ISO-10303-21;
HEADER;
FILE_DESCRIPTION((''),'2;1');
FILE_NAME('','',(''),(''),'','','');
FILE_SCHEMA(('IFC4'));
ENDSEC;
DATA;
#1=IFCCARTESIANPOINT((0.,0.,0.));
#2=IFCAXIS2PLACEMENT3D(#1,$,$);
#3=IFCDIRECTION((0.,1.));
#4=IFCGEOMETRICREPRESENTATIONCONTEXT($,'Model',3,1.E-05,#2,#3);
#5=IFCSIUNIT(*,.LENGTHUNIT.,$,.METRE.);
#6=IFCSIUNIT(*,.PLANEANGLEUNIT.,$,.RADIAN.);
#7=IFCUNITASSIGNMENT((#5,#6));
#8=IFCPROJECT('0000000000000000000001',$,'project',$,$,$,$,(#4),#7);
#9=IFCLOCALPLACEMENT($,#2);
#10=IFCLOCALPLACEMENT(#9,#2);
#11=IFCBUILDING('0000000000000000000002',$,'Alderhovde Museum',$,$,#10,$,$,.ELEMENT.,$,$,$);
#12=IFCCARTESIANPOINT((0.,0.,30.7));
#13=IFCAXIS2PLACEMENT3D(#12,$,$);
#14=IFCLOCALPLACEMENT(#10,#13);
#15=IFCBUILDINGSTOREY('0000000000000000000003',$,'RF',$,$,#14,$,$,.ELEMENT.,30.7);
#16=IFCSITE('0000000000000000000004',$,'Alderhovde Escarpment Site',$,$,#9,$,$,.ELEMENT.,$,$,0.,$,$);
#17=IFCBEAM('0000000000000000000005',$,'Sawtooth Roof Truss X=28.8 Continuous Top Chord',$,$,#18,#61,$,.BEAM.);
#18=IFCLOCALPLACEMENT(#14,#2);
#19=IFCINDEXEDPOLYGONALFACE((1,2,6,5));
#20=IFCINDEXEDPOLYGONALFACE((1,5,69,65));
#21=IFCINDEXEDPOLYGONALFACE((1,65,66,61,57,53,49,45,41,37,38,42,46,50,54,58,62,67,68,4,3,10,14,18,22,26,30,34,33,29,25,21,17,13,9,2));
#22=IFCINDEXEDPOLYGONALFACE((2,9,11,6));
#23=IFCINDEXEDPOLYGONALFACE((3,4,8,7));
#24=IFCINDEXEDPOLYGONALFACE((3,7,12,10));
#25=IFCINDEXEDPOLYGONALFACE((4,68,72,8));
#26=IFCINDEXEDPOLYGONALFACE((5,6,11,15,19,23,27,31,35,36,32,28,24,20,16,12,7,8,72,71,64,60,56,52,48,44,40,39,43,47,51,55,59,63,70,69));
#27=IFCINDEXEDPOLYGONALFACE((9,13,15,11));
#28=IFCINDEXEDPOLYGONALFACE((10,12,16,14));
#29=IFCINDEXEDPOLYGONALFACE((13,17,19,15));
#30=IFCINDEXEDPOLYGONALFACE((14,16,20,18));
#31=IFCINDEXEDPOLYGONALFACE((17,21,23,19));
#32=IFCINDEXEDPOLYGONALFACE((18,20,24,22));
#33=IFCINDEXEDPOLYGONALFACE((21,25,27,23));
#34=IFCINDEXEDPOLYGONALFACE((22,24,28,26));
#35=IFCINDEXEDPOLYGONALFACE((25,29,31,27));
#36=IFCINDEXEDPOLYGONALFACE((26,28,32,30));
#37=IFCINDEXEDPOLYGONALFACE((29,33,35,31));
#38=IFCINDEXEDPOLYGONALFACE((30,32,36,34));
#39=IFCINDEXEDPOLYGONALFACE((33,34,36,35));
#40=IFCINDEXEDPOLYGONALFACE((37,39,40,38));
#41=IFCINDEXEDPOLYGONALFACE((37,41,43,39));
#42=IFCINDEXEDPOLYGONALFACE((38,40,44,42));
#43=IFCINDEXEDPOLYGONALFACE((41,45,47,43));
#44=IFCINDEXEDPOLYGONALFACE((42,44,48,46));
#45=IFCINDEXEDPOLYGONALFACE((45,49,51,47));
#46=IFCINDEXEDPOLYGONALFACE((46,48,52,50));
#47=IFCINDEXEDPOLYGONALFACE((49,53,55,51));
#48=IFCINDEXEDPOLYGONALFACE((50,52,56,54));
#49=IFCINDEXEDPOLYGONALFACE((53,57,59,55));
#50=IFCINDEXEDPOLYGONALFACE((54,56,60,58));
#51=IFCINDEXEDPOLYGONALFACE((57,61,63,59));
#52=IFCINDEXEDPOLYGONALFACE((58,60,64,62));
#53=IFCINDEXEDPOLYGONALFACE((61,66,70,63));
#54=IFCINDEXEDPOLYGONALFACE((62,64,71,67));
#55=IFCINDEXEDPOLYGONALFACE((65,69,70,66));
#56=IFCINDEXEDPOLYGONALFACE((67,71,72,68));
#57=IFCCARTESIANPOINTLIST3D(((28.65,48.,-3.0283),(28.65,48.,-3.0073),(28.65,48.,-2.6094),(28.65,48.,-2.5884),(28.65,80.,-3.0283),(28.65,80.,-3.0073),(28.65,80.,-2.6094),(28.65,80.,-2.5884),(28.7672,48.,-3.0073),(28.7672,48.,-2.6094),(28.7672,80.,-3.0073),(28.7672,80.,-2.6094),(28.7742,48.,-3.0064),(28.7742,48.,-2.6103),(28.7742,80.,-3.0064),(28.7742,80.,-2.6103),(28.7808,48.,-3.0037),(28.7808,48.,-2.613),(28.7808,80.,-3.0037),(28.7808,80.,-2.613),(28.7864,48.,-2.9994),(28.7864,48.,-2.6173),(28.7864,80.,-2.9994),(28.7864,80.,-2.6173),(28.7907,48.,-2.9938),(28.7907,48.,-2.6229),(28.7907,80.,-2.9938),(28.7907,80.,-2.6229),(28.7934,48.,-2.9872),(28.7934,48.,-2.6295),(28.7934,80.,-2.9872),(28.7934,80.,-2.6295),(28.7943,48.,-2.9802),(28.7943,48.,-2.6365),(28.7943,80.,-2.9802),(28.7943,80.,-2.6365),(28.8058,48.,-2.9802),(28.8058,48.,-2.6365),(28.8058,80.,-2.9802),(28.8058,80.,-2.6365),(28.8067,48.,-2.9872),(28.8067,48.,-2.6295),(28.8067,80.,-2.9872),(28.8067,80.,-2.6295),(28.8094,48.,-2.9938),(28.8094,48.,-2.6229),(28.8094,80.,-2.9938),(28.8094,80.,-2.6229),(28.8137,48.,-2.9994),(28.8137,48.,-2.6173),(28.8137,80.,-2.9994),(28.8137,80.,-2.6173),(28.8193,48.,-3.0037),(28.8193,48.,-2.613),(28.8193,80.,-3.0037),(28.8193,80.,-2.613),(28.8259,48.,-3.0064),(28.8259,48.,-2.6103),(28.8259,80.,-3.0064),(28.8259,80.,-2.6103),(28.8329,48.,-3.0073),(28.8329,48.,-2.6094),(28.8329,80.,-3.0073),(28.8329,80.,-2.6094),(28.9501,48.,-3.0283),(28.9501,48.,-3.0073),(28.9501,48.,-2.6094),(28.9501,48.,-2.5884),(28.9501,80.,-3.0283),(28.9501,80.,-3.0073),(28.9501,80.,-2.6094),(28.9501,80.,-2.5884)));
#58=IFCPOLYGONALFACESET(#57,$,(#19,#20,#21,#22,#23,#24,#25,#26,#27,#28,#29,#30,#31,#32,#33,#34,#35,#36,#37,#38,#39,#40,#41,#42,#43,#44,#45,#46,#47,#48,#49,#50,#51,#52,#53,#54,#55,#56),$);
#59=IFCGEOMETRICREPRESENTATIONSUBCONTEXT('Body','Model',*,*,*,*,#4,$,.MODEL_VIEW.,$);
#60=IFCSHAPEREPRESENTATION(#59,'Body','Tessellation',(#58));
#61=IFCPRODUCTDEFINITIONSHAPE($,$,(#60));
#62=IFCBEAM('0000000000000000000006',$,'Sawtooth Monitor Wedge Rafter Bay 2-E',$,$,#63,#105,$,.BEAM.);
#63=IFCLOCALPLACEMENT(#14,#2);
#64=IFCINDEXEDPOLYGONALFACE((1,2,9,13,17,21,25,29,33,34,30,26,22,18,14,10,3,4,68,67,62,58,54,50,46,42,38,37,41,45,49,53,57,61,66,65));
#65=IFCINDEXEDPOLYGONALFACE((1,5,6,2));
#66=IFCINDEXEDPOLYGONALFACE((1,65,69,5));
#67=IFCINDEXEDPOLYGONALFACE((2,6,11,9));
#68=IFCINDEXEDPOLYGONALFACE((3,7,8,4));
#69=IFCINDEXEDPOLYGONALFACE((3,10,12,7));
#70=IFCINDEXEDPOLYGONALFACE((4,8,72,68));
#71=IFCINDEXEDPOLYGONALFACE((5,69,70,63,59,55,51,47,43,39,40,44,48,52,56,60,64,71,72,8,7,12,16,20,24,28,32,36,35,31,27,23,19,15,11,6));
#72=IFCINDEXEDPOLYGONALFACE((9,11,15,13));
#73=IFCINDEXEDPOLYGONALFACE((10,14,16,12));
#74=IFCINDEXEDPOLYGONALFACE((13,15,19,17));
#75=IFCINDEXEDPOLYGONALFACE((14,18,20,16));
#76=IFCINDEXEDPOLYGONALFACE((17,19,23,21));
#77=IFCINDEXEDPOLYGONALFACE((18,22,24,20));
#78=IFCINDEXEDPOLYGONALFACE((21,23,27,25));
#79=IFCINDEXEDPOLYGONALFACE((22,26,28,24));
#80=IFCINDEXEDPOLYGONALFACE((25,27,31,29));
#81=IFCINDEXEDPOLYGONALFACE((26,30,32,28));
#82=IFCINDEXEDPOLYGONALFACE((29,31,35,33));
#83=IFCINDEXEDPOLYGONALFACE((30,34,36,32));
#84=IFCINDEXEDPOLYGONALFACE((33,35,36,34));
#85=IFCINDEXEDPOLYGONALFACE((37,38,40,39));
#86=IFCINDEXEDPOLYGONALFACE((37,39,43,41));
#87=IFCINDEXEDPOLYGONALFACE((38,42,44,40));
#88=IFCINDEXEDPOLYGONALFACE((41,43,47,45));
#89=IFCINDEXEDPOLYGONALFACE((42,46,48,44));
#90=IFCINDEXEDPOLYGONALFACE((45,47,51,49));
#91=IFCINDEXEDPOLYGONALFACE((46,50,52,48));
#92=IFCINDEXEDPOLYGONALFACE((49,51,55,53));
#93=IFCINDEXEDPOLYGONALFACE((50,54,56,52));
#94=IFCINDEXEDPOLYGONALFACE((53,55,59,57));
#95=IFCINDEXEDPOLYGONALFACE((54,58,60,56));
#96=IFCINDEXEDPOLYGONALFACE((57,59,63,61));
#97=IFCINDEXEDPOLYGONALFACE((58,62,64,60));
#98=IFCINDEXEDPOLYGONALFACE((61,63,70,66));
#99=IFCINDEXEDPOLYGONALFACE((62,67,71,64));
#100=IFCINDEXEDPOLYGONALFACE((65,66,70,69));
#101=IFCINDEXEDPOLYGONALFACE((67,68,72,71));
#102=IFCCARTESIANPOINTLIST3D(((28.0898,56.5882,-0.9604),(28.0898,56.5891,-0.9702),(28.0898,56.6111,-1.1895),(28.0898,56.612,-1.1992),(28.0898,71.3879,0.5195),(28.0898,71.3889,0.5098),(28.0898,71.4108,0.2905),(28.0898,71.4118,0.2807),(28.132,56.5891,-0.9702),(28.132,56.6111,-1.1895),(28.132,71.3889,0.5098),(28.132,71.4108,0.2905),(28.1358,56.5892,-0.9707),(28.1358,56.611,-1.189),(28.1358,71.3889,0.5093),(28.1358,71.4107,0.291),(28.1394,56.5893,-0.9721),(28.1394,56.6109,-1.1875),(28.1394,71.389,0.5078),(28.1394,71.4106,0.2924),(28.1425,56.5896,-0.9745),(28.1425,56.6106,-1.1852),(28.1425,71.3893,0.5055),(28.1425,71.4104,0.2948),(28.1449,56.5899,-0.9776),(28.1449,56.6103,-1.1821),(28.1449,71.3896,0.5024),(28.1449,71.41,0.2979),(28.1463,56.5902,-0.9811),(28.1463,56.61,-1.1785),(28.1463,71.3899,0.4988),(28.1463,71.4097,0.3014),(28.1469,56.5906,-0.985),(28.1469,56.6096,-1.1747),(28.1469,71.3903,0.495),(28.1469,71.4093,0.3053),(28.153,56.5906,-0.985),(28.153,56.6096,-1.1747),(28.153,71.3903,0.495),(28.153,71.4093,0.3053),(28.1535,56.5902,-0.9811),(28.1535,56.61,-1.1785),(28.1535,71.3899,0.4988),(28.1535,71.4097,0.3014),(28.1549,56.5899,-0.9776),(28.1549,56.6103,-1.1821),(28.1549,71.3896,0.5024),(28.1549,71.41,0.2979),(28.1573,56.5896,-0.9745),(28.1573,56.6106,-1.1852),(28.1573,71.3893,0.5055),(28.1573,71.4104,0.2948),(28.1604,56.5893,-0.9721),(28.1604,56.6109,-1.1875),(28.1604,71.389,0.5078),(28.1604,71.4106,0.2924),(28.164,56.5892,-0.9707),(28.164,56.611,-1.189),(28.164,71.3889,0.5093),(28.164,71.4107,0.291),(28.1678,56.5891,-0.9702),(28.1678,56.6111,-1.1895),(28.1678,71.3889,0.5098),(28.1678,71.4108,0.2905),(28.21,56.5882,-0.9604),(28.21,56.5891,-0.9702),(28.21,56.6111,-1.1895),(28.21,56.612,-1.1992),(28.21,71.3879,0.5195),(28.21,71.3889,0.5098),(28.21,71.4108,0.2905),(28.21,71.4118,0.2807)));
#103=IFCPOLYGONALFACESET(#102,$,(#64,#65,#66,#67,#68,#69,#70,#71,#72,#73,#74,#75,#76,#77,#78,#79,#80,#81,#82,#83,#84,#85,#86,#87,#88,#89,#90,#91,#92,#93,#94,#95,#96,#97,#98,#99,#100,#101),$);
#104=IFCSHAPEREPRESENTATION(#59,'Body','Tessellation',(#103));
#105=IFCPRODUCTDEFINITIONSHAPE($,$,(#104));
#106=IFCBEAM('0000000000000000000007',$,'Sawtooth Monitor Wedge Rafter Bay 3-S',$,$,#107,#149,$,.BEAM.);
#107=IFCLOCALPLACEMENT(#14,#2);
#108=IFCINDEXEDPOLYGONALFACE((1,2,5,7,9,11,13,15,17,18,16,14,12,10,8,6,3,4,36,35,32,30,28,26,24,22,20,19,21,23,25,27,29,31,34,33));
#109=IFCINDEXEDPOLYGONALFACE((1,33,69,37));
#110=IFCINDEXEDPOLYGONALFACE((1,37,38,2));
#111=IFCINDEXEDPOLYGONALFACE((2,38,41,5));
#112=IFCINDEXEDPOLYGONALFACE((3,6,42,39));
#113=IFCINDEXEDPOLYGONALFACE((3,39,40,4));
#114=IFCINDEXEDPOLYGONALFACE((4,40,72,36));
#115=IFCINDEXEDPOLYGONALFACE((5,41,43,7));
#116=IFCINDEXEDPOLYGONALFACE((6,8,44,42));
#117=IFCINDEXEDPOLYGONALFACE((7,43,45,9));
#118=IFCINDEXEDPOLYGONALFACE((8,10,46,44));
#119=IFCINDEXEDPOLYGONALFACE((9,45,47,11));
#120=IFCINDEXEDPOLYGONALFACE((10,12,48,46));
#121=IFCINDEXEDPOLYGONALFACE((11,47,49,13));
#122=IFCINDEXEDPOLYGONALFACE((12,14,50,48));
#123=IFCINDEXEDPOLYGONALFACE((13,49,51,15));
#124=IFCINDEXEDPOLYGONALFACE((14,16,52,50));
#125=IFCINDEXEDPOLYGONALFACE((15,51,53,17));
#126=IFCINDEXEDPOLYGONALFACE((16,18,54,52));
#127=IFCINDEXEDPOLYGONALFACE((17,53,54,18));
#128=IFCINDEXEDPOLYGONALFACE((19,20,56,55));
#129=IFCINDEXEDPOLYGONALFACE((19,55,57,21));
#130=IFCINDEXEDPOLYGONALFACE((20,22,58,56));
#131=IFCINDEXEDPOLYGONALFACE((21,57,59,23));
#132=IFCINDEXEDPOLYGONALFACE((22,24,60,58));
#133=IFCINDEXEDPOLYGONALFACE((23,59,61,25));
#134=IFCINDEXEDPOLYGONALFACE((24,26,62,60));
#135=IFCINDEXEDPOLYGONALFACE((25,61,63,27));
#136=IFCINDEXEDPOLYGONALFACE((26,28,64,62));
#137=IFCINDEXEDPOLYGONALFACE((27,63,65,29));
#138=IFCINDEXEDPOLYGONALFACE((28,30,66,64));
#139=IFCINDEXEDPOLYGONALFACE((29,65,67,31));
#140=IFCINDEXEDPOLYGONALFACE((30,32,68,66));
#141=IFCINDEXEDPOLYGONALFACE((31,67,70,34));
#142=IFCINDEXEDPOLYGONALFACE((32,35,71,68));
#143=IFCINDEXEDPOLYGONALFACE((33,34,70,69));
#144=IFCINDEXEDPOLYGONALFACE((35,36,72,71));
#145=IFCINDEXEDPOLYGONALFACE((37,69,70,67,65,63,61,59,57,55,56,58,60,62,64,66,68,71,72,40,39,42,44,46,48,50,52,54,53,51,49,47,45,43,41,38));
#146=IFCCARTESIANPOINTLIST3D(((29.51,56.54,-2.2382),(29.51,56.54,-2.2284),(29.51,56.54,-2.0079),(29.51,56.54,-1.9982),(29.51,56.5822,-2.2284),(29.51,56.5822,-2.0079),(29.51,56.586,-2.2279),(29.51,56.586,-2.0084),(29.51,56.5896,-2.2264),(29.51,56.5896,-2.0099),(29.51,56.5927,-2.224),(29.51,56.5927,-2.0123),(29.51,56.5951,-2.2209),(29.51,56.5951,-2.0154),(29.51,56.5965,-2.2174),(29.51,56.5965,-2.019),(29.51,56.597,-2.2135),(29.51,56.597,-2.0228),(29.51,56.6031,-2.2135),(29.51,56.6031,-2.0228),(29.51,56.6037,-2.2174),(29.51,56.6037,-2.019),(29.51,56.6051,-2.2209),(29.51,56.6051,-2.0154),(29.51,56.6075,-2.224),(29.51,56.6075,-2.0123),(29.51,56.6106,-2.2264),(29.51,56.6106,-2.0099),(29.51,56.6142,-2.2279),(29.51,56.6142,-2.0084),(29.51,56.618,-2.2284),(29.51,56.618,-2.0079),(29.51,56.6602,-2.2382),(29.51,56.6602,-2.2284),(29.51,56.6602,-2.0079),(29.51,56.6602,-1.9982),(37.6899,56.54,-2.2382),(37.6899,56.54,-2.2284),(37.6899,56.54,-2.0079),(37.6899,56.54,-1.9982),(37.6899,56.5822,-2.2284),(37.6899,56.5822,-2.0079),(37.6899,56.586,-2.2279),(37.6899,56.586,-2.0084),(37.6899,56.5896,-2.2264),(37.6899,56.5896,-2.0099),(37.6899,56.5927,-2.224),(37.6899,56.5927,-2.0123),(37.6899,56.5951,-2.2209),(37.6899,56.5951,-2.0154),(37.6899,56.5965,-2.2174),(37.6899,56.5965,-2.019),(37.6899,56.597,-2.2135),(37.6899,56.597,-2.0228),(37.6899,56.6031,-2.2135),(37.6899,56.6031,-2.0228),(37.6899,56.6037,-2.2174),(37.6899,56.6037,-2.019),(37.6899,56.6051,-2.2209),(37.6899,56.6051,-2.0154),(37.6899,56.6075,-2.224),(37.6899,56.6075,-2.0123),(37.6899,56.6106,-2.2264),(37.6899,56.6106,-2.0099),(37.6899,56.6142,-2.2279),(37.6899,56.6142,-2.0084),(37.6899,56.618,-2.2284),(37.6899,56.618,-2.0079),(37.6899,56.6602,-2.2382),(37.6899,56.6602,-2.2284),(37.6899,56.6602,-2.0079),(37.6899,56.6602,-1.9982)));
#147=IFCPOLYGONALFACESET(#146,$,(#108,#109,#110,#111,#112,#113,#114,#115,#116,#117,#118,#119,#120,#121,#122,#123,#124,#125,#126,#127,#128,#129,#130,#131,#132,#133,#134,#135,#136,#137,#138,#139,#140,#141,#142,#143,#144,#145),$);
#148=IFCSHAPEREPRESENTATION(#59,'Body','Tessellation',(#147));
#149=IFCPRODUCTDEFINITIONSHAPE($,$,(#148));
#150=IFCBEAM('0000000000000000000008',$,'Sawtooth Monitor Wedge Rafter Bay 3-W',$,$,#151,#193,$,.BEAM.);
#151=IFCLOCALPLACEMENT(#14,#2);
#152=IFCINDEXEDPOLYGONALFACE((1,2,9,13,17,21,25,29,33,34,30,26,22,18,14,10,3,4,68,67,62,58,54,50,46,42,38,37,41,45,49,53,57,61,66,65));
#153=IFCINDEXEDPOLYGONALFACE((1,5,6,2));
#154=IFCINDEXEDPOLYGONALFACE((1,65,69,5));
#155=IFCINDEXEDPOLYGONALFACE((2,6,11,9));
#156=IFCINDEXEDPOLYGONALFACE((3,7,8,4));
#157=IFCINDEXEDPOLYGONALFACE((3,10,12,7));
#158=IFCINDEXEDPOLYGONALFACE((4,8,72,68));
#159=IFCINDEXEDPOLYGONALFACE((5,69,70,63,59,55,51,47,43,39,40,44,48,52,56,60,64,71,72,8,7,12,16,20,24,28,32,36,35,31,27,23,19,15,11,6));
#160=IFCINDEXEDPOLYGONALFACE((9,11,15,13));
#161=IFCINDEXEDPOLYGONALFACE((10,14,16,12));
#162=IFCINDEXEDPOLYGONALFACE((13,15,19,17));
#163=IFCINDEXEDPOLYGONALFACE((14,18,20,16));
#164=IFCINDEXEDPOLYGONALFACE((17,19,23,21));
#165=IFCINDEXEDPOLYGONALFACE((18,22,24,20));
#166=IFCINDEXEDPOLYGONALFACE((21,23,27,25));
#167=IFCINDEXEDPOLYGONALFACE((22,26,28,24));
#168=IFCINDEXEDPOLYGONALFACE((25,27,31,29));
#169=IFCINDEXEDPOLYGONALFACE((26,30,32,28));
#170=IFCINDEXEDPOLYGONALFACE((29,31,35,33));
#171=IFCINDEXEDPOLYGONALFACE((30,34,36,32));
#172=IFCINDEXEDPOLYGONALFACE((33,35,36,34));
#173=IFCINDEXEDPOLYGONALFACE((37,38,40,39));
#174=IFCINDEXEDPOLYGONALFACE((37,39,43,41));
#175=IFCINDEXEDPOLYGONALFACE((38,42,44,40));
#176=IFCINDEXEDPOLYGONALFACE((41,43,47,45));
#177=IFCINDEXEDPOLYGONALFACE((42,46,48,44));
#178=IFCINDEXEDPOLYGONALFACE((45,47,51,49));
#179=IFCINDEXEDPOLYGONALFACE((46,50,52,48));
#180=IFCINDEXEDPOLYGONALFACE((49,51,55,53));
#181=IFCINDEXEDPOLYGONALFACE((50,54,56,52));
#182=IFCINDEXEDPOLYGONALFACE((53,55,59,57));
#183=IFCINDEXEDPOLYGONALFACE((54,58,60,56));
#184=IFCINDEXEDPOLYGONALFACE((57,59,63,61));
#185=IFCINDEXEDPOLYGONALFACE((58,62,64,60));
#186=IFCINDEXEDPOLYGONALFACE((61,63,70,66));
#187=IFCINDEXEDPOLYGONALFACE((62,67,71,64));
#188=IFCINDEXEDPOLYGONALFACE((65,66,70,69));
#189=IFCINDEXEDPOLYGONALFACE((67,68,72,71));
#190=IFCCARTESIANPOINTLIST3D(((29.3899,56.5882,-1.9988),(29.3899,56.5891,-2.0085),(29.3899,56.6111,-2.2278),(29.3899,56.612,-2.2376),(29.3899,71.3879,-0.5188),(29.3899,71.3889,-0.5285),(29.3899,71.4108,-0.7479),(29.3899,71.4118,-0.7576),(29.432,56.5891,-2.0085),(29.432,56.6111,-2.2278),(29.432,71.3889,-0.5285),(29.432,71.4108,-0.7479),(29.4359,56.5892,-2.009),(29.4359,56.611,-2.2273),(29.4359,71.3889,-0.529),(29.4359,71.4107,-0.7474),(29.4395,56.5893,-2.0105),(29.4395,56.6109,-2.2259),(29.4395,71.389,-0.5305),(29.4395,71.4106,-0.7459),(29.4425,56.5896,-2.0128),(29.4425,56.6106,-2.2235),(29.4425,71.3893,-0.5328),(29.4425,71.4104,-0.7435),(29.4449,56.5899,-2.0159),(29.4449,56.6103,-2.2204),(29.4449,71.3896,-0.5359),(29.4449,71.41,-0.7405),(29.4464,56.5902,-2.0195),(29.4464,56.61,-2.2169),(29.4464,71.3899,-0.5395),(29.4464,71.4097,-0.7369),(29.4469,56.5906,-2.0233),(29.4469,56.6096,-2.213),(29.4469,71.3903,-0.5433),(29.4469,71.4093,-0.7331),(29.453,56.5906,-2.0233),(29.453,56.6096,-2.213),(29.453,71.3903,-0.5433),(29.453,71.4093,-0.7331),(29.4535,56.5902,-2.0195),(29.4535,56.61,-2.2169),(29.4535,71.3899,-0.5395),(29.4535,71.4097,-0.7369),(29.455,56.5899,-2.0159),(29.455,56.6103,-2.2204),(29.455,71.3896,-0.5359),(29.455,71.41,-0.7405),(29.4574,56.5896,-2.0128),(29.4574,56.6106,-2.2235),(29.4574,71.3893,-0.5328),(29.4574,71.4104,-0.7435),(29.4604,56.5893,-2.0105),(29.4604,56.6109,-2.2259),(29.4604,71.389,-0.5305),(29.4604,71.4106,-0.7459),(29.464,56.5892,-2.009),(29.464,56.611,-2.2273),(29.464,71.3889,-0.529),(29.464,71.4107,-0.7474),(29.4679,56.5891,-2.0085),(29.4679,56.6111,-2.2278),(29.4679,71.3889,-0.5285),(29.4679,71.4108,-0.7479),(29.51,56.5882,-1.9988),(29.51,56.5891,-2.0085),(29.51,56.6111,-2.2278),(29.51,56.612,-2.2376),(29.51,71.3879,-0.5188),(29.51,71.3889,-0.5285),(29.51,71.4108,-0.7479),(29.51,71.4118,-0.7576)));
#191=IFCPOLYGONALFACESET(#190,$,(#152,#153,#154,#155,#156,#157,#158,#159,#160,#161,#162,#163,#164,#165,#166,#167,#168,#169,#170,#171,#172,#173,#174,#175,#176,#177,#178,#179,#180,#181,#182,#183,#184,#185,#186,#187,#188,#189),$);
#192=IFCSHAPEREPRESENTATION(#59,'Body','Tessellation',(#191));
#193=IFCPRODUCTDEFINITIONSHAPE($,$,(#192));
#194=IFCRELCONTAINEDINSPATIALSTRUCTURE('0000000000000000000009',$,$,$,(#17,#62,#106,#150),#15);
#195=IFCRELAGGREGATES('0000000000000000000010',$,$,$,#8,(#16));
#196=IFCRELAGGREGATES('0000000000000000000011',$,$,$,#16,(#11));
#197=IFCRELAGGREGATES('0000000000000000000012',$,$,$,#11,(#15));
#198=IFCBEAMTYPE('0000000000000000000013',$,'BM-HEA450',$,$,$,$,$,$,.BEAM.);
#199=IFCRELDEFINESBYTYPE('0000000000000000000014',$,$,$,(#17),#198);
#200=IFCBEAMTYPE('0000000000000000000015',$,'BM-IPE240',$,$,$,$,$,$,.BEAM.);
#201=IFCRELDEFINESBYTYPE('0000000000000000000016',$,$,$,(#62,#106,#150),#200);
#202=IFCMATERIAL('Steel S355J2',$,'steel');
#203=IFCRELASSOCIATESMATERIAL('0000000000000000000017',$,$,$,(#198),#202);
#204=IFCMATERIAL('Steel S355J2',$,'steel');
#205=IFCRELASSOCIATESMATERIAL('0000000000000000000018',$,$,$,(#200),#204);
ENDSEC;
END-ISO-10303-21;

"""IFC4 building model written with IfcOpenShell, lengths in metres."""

from ifc_helpers import new_model, si_unit, direction, frame, origin, origin_2d, place, context, subcontext, project, spatial, i_section, extrude, material, material_profile, profile_set, type_object, element, save


model = new_model("IFC4")

# Units and contexts
model_context = context("Model", 3, precision=1e-05, world=origin(), true_north=direction((0.0, 1.0)))
body_context = subcontext(model_context, "Body", "Model", "MODEL_VIEW")
ifc_project = project(units=[si_unit("LENGTHUNIT", "METRE"), si_unit("PLANEANGLEUNIT", "RADIAN")], contexts=[model_context])

# Site, building, storey
site_placement = place(None, origin())
site = spatial("IfcSite", under=ifc_project, at=site_placement, Name="Alderhovde Escarpment Site", CompositionType="ELEMENT", RefElevation=0.0)
building_placement = place(site_placement, origin())
building = spatial("IfcBuilding", under=site, at=building_placement, Name="Alderhovde Museum", CompositionType="ELEMENT")
storey_placement = place(building_placement, frame((0.0, 0.0, 30.7)))
storey = spatial("IfcBuildingStorey", under=building, at=storey_placement, Name="RF", CompositionType="ELEMENT", Elevation=30.7)

# Beams
ifc_material_1 = material(Name="Steel S355J2", Category="steel")
ifc_material_profile_1 = material_profile(ifc_material_1, i_section(OverallWidth=0.3, OverallDepth=0.4399, WebThickness=0.0115, FlangeThickness=0.021, FilletRadius=0.0271, at=origin_2d()), Name="HEA 450")
ifc_profile_set_1 = profile_set([ifc_material_profile_1], Name="Steel S355J2")
beam_type_1 = type_object("IfcBeamType", Name="BM-HEA450", PredefinedType="BEAM", material=ifc_profile_set_1)
beam_1_placement = place(storey_placement, frame((28.8, 48.0, -2.8083), z_axis=(0.0, 1.0, 0.0), x_axis=(-1.0, 0.0, 0.0)))
element("IfcBeam", 1, at=beam_1_placement, inside=storey, type_object=beam_type_1, Name="Sawtooth Roof Truss X=28.8 Continuous Top Chord", PredefinedType="BEAM", context=body_context, shape_type="SweptSolid", body=[
    extrude(i_section(OverallWidth=0.3, OverallDepth=0.4399, WebThickness=0.0115, FlangeThickness=0.021, FilletRadius=0.0271, at=origin_2d()), origin(), (0.0, 0.0, 1.0), 32.0),
])
ifc_material_2 = material(Name="Steel S355J2", Category="steel")
ifc_material_profile_2 = material_profile(ifc_material_2, i_section(OverallWidth=0.1201, OverallDepth=0.24, WebThickness=0.0061, FlangeThickness=0.0098, FilletRadius=0.0149, at=origin_2d()), Name="IPE 240")
ifc_profile_set_2 = profile_set([ifc_material_profile_2], Name="Steel S355J2")
beam_type_2 = type_object("IfcBeamType", Name="BM-IPE240", PredefinedType="BEAM", material=ifc_profile_set_2)
beam_2_placement = place(storey_placement, frame((28.1499, 56.6001, -1.0798), z_axis=(0.0, 0.995037, 0.099504), x_axis=(-1.0, 0.0, 0.0)))
element("IfcBeam", 2, at=beam_2_placement, inside=storey, type_object=beam_type_2, Name="Sawtooth Monitor Wedge Rafter Bay 2-E", PredefinedType="BEAM", context=body_context, shape_type="SweptSolid", body=[
    extrude(i_section(OverallWidth=0.1201, OverallDepth=0.24, WebThickness=0.0061, FlangeThickness=0.0098, FilletRadius=0.0149, at=origin_2d()), origin(), (0.0, 0.0, 1.0), 14.8735),
])
beam_3_placement = place(storey_placement, frame((29.51, 56.6001, -2.1182), z_axis=(1.0, 0.0, 0.0), x_axis=(0.0, 1.0, 0.0)))
element("IfcBeam", 3, at=beam_3_placement, inside=storey, type_object=beam_type_2, Name="Sawtooth Monitor Wedge Rafter Bay 3-S", PredefinedType="BEAM", context=body_context, shape_type="SweptSolid", body=[
    extrude(i_section(OverallWidth=0.1201, OverallDepth=0.24, WebThickness=0.0061, FlangeThickness=0.0098, FilletRadius=0.0149, at=origin_2d()), origin(), (0.0, 0.0, 1.0), 8.1799),
])
for number, where, z_axis, x_axis, name in (
    (4, (29.45, 56.6001, -2.1182), (0.0, 0.995037, 0.099504), (-1.0, 0.0, 0.0), "Sawtooth Monitor Wedge Rafter Bay 3-W"),
):
    element("IfcBeam", number, at=place(storey_placement, frame(where, z_axis=z_axis, x_axis=x_axis)), inside=storey, type_object=beam_type_2, Name=name, PredefinedType="BEAM", context=body_context, shape_type="SweptSolid", body=[
        extrude(i_section(OverallWidth=0.1201, OverallDepth=0.24, WebThickness=0.0061, FlangeThickness=0.0098, FilletRadius=0.0149, at=origin_2d()), origin(), (0.0, 0.0, 1.0), 14.8735),
    ])

save(model, "model.ifc")
